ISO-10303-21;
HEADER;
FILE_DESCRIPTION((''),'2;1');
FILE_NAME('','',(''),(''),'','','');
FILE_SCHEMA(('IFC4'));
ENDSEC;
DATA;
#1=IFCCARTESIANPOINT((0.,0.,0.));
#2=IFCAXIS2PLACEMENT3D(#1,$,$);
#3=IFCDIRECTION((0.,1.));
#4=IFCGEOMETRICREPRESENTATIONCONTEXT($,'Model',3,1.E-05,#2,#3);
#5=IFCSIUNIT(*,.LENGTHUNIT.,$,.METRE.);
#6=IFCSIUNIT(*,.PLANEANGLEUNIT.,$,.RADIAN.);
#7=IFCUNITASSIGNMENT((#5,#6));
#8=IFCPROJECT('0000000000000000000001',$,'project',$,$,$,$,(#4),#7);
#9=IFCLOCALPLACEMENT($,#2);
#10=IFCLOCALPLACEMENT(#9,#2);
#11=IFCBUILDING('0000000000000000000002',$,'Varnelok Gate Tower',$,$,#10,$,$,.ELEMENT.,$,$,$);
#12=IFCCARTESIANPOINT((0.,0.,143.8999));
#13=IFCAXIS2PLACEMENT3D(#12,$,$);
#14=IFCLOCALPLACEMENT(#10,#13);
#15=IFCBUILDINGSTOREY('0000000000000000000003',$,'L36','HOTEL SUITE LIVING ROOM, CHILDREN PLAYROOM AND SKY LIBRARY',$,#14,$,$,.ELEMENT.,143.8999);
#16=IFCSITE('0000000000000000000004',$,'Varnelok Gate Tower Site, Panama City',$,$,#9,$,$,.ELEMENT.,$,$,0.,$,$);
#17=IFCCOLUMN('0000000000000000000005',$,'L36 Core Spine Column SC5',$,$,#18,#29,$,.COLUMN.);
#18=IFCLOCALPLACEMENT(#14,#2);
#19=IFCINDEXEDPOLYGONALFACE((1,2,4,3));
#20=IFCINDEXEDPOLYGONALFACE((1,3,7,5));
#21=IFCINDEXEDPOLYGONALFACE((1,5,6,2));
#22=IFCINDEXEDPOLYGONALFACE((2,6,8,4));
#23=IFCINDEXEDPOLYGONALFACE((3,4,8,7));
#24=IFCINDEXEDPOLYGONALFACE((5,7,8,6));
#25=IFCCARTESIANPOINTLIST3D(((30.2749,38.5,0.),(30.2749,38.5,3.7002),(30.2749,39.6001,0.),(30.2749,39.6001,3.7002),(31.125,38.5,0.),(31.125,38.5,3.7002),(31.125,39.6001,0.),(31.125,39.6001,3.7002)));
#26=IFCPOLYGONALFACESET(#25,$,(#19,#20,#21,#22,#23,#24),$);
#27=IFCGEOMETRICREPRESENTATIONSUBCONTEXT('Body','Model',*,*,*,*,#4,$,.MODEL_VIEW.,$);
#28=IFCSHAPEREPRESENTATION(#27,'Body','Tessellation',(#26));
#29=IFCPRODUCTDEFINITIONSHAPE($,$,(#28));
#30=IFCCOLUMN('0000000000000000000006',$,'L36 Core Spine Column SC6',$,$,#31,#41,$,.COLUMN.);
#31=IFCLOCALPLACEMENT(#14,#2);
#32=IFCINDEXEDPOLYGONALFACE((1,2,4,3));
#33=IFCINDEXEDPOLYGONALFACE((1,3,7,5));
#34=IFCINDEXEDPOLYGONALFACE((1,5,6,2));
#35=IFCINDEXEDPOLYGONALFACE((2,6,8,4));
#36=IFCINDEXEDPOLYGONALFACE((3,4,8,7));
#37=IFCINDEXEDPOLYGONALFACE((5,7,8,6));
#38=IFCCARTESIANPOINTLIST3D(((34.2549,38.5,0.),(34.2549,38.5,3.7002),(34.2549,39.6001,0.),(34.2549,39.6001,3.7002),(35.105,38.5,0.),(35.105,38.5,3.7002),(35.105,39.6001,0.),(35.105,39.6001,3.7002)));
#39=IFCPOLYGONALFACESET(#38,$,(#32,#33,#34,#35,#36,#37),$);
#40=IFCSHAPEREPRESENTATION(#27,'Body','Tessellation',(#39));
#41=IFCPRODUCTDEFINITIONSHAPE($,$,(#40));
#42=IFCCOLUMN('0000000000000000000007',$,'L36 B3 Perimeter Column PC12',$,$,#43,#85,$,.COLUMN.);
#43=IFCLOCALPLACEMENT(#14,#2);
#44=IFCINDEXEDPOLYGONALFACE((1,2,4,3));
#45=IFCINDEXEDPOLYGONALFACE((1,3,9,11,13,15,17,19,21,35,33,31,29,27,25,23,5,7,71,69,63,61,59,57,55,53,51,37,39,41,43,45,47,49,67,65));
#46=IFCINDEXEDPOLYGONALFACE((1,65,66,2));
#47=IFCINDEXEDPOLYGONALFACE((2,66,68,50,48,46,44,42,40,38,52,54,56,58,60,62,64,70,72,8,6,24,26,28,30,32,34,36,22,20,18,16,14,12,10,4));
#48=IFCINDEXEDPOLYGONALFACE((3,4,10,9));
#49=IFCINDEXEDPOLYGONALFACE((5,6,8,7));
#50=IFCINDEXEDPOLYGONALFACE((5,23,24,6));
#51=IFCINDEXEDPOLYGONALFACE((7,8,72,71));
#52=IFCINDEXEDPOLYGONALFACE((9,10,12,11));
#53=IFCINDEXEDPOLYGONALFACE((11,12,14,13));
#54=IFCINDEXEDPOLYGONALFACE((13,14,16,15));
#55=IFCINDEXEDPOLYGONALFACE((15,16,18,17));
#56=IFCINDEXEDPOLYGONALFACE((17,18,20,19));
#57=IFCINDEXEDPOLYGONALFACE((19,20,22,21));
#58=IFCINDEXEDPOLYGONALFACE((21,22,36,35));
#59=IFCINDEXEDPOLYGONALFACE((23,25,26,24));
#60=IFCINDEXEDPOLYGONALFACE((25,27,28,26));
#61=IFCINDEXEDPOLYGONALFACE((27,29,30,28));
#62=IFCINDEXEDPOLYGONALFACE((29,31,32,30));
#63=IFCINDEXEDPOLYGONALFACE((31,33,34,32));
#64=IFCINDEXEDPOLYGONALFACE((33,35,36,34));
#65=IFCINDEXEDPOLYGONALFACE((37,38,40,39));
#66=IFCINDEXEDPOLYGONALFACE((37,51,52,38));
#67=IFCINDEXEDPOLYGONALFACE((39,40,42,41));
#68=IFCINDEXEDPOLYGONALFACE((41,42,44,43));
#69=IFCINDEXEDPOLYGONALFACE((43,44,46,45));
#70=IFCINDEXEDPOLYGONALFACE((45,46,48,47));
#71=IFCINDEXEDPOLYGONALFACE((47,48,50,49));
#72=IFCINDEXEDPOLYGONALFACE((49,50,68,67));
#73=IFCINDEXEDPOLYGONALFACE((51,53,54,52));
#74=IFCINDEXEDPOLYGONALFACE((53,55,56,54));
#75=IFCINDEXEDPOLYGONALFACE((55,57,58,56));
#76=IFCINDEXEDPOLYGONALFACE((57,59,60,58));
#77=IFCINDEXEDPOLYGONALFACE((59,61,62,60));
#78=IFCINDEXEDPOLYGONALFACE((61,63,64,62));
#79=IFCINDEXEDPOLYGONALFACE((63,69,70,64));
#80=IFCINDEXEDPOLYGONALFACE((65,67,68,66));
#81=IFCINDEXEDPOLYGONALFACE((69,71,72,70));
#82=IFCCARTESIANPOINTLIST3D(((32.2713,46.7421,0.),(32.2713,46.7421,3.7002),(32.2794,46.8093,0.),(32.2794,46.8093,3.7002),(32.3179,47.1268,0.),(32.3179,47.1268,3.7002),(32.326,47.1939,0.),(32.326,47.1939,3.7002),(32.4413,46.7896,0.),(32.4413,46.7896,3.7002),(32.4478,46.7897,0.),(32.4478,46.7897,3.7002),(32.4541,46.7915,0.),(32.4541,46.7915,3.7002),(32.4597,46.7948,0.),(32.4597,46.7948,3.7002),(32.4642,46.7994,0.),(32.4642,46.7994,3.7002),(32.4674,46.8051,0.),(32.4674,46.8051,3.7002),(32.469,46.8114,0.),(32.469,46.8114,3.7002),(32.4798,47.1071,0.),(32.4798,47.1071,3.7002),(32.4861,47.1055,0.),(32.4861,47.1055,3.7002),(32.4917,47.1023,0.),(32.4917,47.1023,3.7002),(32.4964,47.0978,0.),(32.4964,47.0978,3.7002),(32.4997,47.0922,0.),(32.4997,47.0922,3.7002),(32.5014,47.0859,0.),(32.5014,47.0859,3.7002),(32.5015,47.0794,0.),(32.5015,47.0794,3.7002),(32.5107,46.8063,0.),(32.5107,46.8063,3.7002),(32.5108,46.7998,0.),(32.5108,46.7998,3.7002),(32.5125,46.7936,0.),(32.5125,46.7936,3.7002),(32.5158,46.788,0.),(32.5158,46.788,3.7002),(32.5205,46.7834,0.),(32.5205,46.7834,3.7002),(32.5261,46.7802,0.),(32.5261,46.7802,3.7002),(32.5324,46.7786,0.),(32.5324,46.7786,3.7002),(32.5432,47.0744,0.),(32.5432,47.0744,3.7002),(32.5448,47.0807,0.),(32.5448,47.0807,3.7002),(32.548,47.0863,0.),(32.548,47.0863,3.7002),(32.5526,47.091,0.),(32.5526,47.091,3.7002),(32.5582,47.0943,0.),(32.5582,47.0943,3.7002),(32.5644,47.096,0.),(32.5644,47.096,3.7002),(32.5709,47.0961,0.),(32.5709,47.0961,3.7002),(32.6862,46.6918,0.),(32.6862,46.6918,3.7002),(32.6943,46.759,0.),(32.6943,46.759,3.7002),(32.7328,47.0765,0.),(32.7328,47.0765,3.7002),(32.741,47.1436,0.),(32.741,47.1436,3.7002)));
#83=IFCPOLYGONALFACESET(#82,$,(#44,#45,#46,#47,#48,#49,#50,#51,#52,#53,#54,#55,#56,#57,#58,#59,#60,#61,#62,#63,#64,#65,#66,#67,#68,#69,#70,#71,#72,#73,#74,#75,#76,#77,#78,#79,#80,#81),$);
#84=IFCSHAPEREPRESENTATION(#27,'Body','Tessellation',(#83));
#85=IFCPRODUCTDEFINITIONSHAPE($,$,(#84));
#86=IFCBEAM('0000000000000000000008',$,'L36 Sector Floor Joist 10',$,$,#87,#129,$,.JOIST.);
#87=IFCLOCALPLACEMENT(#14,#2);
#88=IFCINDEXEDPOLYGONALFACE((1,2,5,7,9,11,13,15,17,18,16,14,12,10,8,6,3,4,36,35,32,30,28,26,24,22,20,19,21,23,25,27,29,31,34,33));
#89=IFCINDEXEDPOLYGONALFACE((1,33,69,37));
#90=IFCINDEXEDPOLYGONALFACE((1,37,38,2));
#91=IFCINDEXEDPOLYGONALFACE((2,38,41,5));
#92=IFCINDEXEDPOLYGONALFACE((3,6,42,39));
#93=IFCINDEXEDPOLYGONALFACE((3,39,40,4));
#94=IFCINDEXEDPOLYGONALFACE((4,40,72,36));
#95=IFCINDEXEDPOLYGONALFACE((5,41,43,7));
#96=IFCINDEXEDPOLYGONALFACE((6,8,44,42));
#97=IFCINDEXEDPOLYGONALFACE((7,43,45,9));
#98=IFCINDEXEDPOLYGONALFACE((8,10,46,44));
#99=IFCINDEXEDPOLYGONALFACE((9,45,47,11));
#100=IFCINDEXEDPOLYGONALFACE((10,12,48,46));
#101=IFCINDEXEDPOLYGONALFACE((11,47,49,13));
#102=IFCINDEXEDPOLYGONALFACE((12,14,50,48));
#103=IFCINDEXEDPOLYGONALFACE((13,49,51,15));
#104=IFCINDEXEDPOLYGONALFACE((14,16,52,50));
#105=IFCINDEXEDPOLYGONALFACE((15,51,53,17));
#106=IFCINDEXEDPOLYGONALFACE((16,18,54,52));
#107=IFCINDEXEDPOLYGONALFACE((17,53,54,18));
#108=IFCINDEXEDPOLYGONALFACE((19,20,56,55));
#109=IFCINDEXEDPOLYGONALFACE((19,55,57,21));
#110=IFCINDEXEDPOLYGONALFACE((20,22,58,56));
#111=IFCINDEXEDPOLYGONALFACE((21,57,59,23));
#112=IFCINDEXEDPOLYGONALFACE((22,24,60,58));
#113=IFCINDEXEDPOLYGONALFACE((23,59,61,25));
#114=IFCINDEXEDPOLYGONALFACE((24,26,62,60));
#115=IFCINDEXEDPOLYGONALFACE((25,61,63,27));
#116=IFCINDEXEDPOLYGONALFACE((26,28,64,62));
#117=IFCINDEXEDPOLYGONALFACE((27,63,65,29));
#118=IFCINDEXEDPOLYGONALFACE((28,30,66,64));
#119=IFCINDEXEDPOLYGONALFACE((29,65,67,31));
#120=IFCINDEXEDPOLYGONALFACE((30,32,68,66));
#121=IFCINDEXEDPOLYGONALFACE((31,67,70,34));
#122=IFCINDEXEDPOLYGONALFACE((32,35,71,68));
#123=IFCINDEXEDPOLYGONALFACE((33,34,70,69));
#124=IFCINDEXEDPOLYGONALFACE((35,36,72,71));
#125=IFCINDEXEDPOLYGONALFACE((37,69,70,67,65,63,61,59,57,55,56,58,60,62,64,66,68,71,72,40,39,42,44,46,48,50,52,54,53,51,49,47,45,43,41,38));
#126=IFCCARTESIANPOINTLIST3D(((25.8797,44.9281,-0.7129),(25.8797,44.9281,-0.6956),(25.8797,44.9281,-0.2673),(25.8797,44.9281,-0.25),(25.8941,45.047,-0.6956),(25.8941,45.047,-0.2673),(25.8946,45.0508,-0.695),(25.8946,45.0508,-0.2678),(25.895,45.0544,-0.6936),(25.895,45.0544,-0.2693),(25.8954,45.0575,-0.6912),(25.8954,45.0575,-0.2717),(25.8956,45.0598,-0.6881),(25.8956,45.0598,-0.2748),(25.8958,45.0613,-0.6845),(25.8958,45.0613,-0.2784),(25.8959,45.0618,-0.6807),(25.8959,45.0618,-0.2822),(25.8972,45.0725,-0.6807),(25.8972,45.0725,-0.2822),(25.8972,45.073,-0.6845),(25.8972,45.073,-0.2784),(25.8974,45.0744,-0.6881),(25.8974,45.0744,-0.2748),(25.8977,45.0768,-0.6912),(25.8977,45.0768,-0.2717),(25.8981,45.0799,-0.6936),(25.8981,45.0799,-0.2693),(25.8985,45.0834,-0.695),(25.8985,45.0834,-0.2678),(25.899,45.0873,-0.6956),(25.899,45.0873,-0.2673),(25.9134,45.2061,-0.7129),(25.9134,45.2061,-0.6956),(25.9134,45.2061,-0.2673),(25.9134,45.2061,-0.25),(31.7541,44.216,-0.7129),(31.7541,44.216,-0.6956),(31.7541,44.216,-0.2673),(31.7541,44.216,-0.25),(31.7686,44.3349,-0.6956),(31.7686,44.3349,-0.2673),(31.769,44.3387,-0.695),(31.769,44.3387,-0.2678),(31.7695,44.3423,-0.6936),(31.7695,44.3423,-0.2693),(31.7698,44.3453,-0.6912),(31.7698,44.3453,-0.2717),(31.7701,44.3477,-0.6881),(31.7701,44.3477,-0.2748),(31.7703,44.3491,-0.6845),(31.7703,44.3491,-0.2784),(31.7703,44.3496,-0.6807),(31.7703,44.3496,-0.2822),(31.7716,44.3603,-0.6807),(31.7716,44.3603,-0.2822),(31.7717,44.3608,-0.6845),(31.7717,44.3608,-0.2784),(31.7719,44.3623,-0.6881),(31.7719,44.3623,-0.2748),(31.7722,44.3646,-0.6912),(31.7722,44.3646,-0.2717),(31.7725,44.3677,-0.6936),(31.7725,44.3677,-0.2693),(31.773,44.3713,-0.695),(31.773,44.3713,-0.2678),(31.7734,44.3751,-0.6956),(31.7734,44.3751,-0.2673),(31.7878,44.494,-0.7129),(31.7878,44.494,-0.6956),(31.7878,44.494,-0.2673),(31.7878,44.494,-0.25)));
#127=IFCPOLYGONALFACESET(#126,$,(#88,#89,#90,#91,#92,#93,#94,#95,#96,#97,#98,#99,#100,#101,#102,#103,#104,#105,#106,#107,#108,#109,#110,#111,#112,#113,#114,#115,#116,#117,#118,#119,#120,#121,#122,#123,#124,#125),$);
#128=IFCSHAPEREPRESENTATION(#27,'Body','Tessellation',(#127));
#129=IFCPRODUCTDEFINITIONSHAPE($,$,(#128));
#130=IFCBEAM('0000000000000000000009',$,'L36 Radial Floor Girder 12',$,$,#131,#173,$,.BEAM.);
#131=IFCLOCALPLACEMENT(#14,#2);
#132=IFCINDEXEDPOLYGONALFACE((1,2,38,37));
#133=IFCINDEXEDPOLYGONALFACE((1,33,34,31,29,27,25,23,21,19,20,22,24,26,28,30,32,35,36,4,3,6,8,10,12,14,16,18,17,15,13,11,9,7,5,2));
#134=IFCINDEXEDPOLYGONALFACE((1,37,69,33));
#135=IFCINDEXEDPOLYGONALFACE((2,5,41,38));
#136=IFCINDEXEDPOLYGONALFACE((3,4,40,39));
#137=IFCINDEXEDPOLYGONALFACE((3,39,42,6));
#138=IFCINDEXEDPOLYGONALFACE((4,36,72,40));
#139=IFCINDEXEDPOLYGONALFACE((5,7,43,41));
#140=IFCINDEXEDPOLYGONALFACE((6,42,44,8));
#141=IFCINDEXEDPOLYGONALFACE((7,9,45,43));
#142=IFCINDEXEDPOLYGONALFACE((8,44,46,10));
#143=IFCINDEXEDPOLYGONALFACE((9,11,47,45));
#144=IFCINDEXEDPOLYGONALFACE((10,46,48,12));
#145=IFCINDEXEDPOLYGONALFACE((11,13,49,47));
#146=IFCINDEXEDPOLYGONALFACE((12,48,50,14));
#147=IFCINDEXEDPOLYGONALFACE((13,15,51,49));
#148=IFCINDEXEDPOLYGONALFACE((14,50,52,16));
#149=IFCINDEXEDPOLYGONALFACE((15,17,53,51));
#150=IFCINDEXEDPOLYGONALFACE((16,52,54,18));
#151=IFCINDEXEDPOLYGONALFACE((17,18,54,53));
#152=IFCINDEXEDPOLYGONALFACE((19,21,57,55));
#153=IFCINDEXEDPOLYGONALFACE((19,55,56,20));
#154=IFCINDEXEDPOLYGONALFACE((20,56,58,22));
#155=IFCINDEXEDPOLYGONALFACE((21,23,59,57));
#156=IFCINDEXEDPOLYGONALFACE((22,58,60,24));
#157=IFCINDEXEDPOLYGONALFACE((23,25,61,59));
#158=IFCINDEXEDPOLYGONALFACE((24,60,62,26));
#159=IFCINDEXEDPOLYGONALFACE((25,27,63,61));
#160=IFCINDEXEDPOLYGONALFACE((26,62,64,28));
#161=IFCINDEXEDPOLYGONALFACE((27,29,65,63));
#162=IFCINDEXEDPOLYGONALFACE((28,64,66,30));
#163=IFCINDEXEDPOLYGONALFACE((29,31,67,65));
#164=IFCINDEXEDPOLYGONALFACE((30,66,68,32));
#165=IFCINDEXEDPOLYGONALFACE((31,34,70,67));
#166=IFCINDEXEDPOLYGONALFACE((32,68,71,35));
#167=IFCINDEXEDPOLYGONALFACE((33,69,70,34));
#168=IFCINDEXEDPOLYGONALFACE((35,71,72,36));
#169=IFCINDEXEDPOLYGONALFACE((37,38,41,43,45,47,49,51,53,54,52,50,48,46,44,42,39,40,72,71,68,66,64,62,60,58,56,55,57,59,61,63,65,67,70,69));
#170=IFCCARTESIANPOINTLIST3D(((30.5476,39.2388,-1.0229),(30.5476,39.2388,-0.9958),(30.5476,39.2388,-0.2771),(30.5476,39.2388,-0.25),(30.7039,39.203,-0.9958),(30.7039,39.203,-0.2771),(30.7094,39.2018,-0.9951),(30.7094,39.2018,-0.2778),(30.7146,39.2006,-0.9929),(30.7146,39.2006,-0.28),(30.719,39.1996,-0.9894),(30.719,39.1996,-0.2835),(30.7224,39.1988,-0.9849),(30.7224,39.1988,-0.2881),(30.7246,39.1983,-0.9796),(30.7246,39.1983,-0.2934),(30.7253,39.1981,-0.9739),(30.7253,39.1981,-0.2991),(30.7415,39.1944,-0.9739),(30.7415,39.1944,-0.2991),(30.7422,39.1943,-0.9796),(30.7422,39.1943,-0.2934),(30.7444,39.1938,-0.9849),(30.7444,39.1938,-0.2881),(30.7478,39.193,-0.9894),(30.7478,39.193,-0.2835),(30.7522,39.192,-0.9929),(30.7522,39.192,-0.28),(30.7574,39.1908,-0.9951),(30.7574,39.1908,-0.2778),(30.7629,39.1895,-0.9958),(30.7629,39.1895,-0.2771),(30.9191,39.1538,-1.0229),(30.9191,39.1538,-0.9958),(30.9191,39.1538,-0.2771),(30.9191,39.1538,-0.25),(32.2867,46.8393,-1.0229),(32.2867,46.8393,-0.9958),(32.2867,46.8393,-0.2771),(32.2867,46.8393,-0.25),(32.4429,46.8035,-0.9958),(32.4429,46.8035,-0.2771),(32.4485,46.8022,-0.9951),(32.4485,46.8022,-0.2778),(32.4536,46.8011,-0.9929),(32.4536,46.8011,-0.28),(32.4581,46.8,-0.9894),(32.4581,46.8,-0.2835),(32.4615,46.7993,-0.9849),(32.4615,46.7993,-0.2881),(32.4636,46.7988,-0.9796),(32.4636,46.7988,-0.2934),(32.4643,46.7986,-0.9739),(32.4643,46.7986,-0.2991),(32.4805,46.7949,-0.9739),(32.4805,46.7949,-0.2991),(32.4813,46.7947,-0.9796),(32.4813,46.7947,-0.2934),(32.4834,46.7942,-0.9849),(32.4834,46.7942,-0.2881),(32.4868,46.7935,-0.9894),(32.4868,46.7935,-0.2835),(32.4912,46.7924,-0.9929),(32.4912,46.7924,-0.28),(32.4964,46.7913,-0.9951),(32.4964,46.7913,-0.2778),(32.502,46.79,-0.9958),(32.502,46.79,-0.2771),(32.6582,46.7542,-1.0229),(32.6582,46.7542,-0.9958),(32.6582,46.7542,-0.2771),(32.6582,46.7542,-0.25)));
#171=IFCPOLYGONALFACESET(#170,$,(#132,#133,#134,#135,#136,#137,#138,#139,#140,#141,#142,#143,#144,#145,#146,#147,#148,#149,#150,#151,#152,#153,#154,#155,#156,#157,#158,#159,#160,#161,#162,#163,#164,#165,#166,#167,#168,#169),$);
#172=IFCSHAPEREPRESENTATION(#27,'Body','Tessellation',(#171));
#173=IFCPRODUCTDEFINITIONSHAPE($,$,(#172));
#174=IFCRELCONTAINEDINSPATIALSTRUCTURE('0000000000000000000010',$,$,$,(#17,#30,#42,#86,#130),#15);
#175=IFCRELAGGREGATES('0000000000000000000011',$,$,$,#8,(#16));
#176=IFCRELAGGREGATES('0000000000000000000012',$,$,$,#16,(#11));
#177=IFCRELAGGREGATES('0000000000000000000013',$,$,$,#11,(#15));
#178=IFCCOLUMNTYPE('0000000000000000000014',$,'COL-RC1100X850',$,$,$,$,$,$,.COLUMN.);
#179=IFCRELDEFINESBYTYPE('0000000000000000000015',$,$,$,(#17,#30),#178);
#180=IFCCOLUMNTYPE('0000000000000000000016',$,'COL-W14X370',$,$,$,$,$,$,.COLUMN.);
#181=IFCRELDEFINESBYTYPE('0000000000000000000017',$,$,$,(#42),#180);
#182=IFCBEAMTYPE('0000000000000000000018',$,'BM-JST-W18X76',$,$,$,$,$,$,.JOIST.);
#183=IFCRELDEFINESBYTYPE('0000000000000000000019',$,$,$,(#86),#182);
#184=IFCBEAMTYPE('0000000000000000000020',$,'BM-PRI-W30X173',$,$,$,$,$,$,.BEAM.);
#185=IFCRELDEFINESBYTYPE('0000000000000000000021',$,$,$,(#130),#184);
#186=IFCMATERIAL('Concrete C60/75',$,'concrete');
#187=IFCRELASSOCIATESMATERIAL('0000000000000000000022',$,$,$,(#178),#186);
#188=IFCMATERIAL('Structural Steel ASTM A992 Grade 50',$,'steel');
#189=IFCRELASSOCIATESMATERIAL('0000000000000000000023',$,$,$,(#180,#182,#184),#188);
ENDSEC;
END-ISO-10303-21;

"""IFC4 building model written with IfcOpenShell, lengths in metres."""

from ifc_helpers import new_model, si_unit, direction, frame, origin, origin_2d, place, context, subcontext, project, spatial, rectangle, i_section, extrude, material, material_profile, profile_set, type_object, element, save


model = new_model("IFC4")

# Units and contexts
model_context = context("Model", 3, precision=1e-05, world=origin(), true_north=direction((0.0, 1.0)))
body_context = subcontext(model_context, "Body", "Model", "MODEL_VIEW")
ifc_project = project(units=[si_unit("LENGTHUNIT", "METRE"), si_unit("PLANEANGLEUNIT", "RADIAN")], contexts=[model_context])

# Site, building, storey
site_placement = place(None, origin())
site = spatial("IfcSite", under=ifc_project, at=site_placement, Name="Varnelok Gate Tower Site, Panama City", CompositionType="ELEMENT", RefElevation=0.0)
building_placement = place(site_placement, origin())
building = spatial("IfcBuilding", under=site, at=building_placement, Name="Varnelok Gate Tower", CompositionType="ELEMENT")
storey_placement = place(building_placement, frame((0.0, 0.0, 143.8999)))
storey = spatial("IfcBuildingStorey", under=building, at=storey_placement, Name="L36", Description="HOTEL SUITE LIVING ROOM, CHILDREN PLAYROOM AND SKY LIBRARY", CompositionType="ELEMENT", Elevation=143.8999)

# Columns
ifc_material_1 = material(Name="Concrete C60/75", Category="concrete")
ifc_material_profile_1 = material_profile(ifc_material_1, rectangle(XDim=0.8501, YDim=1.1001, at=origin_2d()), Name="RC1100X850")
ifc_profile_set_1 = profile_set([ifc_material_profile_1], Name="Concrete C60/75")
column_type_1 = type_object("IfcColumnType", Name="COL-RC1100X850", PredefinedType="COLUMN", material=ifc_profile_set_1)
for number, where, z_axis, x_axis, name in (
    (1, (30.7, 39.05, 0.0), (0.0, 0.0, 1.0), (1.0, 0.0, 0.0), "L36 Core Spine Column SC5"),
    (2, (34.6799, 39.05, 0.0), (0.0, 0.0, 1.0), (1.0, 0.0, 0.0), "L36 Core Spine Column SC6"),
):
    element("IfcColumn", number, at=place(storey_placement, frame(where, z_axis=z_axis, x_axis=x_axis)), inside=storey, type_object=column_type_1, Name=name, PredefinedType="COLUMN", context=body_context, shape_type="SweptSolid", body=[
        extrude(rectangle(XDim=0.8501, YDim=1.1001, at=origin_2d()), origin(), (0.0, 0.0, 1.0), 3.7002),
    ])
ifc_material_2 = material(Name="Structural Steel ASTM A992 Grade 50", Category="steel")
ifc_material_profile_2 = material_profile(ifc_material_2, i_section(OverallWidth=0.418, OverallDepth=0.4551, WebThickness=0.042, FlangeThickness=0.0676, FilletRadius=0.0249, at=origin_2d()), Name="W14X370")
ifc_profile_set_2 = profile_set([ifc_material_profile_2], Name="Structural Steel ASTM A992 Grade 50")
column_type_2 = type_object("IfcColumnType", Name="COL-W14X370", PredefinedType="COLUMN", material=ifc_profile_set_2)
column_placement = place(storey_placement, frame((32.5061, 46.9429, 0.0), z_axis=(0.0, 0.0, 1.0), x_axis=(0.992732, -0.120345, 0.0)))
element("IfcColumn", 3, at=column_placement, inside=storey, type_object=column_type_2, Name="L36 B3 Perimeter Column PC12", PredefinedType="COLUMN", context=body_context, shape_type="SweptSolid", body=[
    extrude(i_section(OverallWidth=0.418, OverallDepth=0.4551, WebThickness=0.042, FlangeThickness=0.0676, FilletRadius=0.0249, at=origin_2d()), origin(), (0.0, 0.0, 1.0), 3.7002),
])

# Beams
ifc_material_profile_3 = material_profile(ifc_material_2, i_section(OverallWidth=0.28, OverallDepth=0.4629, WebThickness=0.0107, FlangeThickness=0.0173, FilletRadius=0.0149, at=origin_2d()), Name="W18X76")
ifc_profile_set_3 = profile_set([ifc_material_profile_3], Name="Structural Steel ASTM A992 Grade 50")
beam_type_1 = type_object("IfcBeamType", Name="BM-JST-W18X76", PredefinedType="JOIST", material=ifc_profile_set_3)
beam_1_placement = place(storey_placement, frame((31.771, 44.355, -0.4814), z_axis=(-0.992732, 0.120347, 0.0), x_axis=(-0.120347, -0.992732, 0.0)))
element("IfcBeam", 4, at=beam_1_placement, inside=storey, type_object=beam_type_1, Name="L36 Sector Floor Joist 10", PredefinedType="JOIST", context=body_context, shape_type="SweptSolid", body=[
    extrude(i_section(OverallWidth=0.28, OverallDepth=0.4629, WebThickness=0.0107, FlangeThickness=0.0173, FilletRadius=0.0149, at=origin_2d()), origin(), (0.0, 0.0, 1.0), 5.9175),
])
ifc_material_profile_4 = material_profile(ifc_material_2, i_section(OverallWidth=0.3811, OverallDepth=0.7729, WebThickness=0.0166, FlangeThickness=0.0271, FilletRadius=0.022, at=origin_2d()), Name="W30X173")
ifc_profile_set_4 = profile_set([ifc_material_profile_4], Name="Structural Steel ASTM A992 Grade 50")
beam_type_2 = type_object("IfcBeamType", Name="BM-PRI-W30X173", PredefinedType="BEAM", material=ifc_profile_set_4)
beam_2_placement = place(storey_placement, frame((30.7334, 39.1963, -0.6365), z_axis=(0.223043, 0.974809, 0.0), x_axis=(-0.974809, 0.223043, 0.0)))
element("IfcBeam", 5, at=beam_2_placement, inside=storey, type_object=beam_type_2, Name="L36 Radial Floor Girder 12", PredefinedType="BEAM", context=body_context, shape_type="SweptSolid", body=[
    extrude(i_section(OverallWidth=0.3811, OverallDepth=0.7729, WebThickness=0.0166, FlangeThickness=0.0271, FilletRadius=0.022, at=origin_2d()), origin(), (0.0, 0.0, 1.0), 7.7969),
])

save(model, "model.ifc")
